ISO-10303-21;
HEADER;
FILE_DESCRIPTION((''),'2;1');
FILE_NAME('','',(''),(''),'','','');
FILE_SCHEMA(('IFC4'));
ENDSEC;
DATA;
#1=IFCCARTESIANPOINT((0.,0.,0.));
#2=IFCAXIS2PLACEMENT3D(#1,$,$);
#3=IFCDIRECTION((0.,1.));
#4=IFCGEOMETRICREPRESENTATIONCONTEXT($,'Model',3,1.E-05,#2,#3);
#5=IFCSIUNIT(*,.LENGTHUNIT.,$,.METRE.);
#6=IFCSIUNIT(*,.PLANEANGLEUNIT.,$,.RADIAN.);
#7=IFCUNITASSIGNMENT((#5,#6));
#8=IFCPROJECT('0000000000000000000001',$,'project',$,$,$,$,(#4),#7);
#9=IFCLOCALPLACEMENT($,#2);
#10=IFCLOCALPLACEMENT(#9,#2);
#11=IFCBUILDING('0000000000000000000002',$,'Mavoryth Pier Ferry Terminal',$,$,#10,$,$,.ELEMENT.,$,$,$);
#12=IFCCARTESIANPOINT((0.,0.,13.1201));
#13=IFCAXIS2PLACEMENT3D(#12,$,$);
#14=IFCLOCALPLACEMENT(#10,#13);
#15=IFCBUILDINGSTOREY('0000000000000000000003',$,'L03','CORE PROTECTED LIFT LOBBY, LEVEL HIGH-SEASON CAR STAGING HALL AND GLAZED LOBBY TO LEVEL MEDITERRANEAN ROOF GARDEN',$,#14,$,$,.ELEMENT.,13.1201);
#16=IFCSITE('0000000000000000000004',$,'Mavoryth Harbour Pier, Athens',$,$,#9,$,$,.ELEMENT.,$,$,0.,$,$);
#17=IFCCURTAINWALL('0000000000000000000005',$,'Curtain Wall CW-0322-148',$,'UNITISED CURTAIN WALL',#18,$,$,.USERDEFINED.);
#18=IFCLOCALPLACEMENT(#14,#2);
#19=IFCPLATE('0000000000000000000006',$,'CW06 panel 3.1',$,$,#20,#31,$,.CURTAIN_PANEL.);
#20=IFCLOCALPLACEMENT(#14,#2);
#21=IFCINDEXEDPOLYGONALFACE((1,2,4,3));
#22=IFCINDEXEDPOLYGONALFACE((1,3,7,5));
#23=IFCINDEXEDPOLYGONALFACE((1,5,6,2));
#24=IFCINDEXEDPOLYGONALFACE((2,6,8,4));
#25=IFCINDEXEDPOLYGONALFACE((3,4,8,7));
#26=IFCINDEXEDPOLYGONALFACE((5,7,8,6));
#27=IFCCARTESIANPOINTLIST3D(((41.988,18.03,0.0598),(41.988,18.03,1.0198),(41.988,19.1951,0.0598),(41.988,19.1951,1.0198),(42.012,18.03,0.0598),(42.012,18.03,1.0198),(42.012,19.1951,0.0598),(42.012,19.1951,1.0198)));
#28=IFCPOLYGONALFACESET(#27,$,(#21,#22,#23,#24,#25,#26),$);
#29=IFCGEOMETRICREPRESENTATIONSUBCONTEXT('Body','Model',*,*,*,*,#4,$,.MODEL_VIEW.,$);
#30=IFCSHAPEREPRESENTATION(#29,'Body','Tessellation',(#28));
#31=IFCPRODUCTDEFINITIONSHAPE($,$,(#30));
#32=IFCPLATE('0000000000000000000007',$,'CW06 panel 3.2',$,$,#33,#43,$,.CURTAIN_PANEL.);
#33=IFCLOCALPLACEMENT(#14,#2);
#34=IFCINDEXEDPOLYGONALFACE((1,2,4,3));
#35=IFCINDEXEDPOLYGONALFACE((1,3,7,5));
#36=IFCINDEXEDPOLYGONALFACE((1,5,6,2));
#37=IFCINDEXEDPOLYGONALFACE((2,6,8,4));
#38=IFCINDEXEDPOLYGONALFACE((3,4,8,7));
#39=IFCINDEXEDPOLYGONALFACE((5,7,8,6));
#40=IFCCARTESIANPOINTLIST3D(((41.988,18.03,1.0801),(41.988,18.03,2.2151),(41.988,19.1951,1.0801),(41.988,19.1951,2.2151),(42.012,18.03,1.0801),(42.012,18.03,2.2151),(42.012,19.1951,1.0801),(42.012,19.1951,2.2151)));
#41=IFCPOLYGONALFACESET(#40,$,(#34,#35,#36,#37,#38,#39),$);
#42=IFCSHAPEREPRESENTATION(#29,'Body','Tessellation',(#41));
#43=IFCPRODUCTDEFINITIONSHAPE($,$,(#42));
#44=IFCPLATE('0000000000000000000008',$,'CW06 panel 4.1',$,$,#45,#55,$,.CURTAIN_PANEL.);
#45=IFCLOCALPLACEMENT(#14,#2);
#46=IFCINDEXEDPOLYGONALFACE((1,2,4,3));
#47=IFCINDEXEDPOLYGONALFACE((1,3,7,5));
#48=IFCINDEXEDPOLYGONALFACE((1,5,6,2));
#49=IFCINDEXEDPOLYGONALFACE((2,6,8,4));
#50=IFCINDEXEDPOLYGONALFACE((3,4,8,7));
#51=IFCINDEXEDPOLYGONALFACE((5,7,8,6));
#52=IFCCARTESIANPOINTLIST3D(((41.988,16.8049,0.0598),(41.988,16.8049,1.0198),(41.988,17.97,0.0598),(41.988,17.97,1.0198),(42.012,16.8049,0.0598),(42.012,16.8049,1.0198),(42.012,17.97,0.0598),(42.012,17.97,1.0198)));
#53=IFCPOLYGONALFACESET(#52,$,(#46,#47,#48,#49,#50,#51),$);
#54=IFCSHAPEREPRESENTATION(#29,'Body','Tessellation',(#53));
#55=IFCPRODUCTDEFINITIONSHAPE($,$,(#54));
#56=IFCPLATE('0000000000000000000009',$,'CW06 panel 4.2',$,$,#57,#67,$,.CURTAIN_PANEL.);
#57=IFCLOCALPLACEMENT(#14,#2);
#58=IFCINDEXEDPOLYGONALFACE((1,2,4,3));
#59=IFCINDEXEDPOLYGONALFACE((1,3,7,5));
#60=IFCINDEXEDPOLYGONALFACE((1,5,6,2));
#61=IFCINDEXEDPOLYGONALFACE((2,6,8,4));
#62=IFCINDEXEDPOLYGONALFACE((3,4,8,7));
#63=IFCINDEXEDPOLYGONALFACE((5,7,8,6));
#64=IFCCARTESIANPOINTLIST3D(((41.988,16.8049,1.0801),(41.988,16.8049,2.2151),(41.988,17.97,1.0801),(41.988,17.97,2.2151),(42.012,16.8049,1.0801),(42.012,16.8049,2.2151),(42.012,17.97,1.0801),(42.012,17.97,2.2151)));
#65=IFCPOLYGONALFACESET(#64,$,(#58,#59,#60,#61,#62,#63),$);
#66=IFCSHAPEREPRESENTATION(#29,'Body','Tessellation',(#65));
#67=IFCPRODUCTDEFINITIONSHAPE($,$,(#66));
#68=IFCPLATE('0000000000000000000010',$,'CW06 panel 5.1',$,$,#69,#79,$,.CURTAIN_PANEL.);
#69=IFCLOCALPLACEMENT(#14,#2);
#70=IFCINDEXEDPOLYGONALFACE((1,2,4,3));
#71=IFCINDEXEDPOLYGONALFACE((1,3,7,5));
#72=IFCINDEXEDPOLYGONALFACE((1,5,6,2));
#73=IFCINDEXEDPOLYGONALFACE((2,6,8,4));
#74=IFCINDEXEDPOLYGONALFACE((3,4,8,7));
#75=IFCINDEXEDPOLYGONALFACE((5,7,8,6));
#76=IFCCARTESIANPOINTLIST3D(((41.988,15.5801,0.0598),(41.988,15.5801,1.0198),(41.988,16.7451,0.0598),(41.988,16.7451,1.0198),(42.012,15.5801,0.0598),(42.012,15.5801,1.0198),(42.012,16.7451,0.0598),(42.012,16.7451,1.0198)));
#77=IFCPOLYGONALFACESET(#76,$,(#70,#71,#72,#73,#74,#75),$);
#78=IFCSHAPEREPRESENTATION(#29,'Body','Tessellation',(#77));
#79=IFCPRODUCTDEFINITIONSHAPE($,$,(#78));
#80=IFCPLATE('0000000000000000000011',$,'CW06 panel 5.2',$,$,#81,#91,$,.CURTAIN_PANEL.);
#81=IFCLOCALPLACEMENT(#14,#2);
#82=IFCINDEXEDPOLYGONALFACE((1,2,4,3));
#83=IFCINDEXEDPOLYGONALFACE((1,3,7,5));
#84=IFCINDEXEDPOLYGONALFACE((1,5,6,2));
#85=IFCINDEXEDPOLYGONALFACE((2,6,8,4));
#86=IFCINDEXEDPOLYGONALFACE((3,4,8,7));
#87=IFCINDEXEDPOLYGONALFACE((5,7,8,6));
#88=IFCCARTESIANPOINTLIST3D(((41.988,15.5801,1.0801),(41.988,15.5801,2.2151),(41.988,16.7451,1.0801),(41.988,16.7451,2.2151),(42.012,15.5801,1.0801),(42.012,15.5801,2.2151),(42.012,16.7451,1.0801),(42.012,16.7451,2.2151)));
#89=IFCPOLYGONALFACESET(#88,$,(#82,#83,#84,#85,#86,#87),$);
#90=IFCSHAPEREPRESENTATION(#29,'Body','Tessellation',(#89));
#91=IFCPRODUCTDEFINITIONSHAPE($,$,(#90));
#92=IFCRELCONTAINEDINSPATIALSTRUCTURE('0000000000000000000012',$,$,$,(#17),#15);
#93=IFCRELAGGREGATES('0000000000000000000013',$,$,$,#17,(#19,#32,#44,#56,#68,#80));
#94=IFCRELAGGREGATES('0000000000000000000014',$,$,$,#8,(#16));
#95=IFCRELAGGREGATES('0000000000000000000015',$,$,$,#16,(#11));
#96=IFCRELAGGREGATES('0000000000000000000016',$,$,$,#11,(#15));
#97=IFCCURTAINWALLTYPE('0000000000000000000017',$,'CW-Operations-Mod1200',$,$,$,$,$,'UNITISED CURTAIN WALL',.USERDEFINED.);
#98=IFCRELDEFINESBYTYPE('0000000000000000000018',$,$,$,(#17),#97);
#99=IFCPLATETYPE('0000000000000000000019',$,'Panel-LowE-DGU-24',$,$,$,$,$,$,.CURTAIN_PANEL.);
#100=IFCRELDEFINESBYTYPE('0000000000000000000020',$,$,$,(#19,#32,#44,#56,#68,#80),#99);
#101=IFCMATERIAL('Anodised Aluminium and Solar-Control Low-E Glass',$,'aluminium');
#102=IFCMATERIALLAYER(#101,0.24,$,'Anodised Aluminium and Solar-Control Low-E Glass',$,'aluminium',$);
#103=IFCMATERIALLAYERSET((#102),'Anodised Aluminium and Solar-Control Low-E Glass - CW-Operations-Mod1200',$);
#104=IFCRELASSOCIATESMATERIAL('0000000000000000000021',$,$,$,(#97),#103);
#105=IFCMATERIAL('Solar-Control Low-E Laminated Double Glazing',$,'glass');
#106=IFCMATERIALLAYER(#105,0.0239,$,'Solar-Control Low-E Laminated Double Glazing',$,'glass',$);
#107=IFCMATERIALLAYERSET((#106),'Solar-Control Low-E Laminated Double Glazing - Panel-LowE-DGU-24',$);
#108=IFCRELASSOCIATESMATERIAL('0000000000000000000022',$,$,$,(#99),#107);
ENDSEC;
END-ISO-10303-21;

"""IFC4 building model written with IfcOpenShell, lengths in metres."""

from ifc_helpers import new_model, si_unit, direction, frame, origin, origin_2d, place, context, subcontext, project, spatial, rectangle, extrude, material, layer, layer_set, type_object, element, aggregate, save


model = new_model("IFC4")

# Units and contexts
model_context = context("Model", 3, precision=1e-05, world=origin(), true_north=direction((0.0, 1.0)))
body_context = subcontext(model_context, "Body", "Model", "MODEL_VIEW")
ifc_project = project(units=[si_unit("LENGTHUNIT", "METRE"), si_unit("PLANEANGLEUNIT", "RADIAN")], contexts=[model_context])

# Site, building, storey
site_placement = place(None, origin())
site = spatial("IfcSite", under=ifc_project, at=site_placement, Name="Mavoryth Harbour Pier, Athens", CompositionType="ELEMENT", RefElevation=0.0)
building_placement = place(site_placement, origin())
building = spatial("IfcBuilding", under=site, at=building_placement, Name="Mavoryth Pier Ferry Terminal", CompositionType="ELEMENT")
storey_placement = place(building_placement, frame((0.0, 0.0, 13.1201)))
storey = spatial("IfcBuildingStorey", under=building, at=storey_placement, Name="L03", Description="CORE PROTECTED LIFT LOBBY, LEVEL HIGH-SEASON CAR STAGING HALL AND GLAZED LOBBY TO LEVEL MEDITERRANEAN ROOF GARDEN", CompositionType="ELEMENT", Elevation=13.1201)

# Curtain wall, plates
ifc_material_1 = material(Name="Anodised Aluminium and Solar-Control Low-E Glass", Category="aluminium")
ifc_layer_1 = layer(ifc_material_1, 0.24, Name="Anodised Aluminium and Solar-Control Low-E Glass", Category="aluminium")
ifc_layer_set_1 = layer_set([ifc_layer_1], Name="Anodised Aluminium and Solar-Control Low-E Glass - CW-Operations-Mod1200")
curtain_wall_type = type_object("IfcCurtainWallType", Name="CW-Operations-Mod1200", ElementType="UNITISED CURTAIN WALL", PredefinedType="USERDEFINED", material=ifc_layer_set_1)
curtain_wall_placement = place(storey_placement, origin())
curtain_wall = element("IfcCurtainWall", 1, at=curtain_wall_placement, inside=storey, type_object=curtain_wall_type, Name="Curtain Wall CW-0322-148", ObjectType="UNITISED CURTAIN WALL", PredefinedType="USERDEFINED")
ifc_material_2 = material(Name="Solar-Control Low-E Laminated Double Glazing", Category="glass")
ifc_layer_2 = layer(ifc_material_2, 0.0239, Name="Solar-Control Low-E Laminated Double Glazing", Category="glass")
ifc_layer_set_2 = layer_set([ifc_layer_2], Name="Solar-Control Low-E Laminated Double Glazing - Panel-LowE-DGU-24")
plate_type = type_object("IfcPlateType", Name="Panel-LowE-DGU-24", PredefinedType="CURTAIN_PANEL", material=ifc_layer_set_2)
plate_1_placement = place(storey_placement, frame((42.0, 18.6125, 0.0598), z_axis=(0.0, 0.0, 1.0), x_axis=(0.0, -1.0, 0.0)))
plate_1 = element("IfcPlate", 2, at=plate_1_placement, type_object=plate_type, Name="CW06 panel 3.1", PredefinedType="CURTAIN_PANEL", context=body_context, shape_type="SweptSolid", body=[
    extrude(rectangle(XDim=1.165, YDim=0.0239, at=origin_2d()), origin(), (0.0, 0.0, 1.0), 0.96),
])
plate_2_placement = place(storey_placement, frame((42.0, 18.6125, 1.0801), z_axis=(0.0, 0.0, 1.0), x_axis=(0.0, -1.0, 0.0)))
plate_2 = element("IfcPlate", 3, at=plate_2_placement, type_object=plate_type, Name="CW06 panel 3.2", PredefinedType="CURTAIN_PANEL", context=body_context, shape_type="SweptSolid", body=[
    extrude(rectangle(XDim=1.165, YDim=0.0239, at=origin_2d()), origin(), (0.0, 0.0, 1.0), 1.135),
])
plate_3_placement = place(storey_placement, frame((42.0, 17.3875, 0.0598), z_axis=(0.0, 0.0, 1.0), x_axis=(0.0, -1.0, 0.0)))
plate_3 = element("IfcPlate", 4, at=plate_3_placement, type_object=plate_type, Name="CW06 panel 4.1", PredefinedType="CURTAIN_PANEL", context=body_context, shape_type="SweptSolid", body=[
    extrude(rectangle(XDim=1.165, YDim=0.0239, at=origin_2d()), origin(), (0.0, 0.0, 1.0), 0.96),
])
plate_4_placement = place(storey_placement, frame((42.0, 17.3875, 1.0801), z_axis=(0.0, 0.0, 1.0), x_axis=(0.0, -1.0, 0.0)))
plate_4 = element("IfcPlate", 5, at=plate_4_placement, type_object=plate_type, Name="CW06 panel 4.2", PredefinedType="CURTAIN_PANEL", context=body_context, shape_type="SweptSolid", body=[
    extrude(rectangle(XDim=1.165, YDim=0.0239, at=origin_2d()), origin(), (0.0, 0.0, 1.0), 1.135),
])
plate_5_placement = place(storey_placement, frame((42.0, 16.1626, 0.0598), z_axis=(0.0, 0.0, 1.0), x_axis=(0.0, -1.0, 0.0)))
plate_5 = element("IfcPlate", 6, at=plate_5_placement, type_object=plate_type, Name="CW06 panel 5.1", PredefinedType="CURTAIN_PANEL", context=body_context, shape_type="SweptSolid", body=[
    extrude(rectangle(XDim=1.165, YDim=0.0239, at=origin_2d()), origin(), (0.0, 0.0, 1.0), 0.96),
])
plate_6_placement = place(storey_placement, frame((42.0, 16.1626, 1.0801), z_axis=(0.0, 0.0, 1.0), x_axis=(0.0, -1.0, 0.0)))
plate_6 = element("IfcPlate", 7, at=plate_6_placement, type_object=plate_type, Name="CW06 panel 5.2", PredefinedType="CURTAIN_PANEL", context=body_context, shape_type="SweptSolid", body=[
    extrude(rectangle(XDim=1.165, YDim=0.0239, at=origin_2d()), origin(), (0.0, 0.0, 1.0), 1.135),
])
aggregate(curtain_wall, [plate_1, plate_2, plate_3, plate_4, plate_5, plate_6])

save(model, "model.ifc")
